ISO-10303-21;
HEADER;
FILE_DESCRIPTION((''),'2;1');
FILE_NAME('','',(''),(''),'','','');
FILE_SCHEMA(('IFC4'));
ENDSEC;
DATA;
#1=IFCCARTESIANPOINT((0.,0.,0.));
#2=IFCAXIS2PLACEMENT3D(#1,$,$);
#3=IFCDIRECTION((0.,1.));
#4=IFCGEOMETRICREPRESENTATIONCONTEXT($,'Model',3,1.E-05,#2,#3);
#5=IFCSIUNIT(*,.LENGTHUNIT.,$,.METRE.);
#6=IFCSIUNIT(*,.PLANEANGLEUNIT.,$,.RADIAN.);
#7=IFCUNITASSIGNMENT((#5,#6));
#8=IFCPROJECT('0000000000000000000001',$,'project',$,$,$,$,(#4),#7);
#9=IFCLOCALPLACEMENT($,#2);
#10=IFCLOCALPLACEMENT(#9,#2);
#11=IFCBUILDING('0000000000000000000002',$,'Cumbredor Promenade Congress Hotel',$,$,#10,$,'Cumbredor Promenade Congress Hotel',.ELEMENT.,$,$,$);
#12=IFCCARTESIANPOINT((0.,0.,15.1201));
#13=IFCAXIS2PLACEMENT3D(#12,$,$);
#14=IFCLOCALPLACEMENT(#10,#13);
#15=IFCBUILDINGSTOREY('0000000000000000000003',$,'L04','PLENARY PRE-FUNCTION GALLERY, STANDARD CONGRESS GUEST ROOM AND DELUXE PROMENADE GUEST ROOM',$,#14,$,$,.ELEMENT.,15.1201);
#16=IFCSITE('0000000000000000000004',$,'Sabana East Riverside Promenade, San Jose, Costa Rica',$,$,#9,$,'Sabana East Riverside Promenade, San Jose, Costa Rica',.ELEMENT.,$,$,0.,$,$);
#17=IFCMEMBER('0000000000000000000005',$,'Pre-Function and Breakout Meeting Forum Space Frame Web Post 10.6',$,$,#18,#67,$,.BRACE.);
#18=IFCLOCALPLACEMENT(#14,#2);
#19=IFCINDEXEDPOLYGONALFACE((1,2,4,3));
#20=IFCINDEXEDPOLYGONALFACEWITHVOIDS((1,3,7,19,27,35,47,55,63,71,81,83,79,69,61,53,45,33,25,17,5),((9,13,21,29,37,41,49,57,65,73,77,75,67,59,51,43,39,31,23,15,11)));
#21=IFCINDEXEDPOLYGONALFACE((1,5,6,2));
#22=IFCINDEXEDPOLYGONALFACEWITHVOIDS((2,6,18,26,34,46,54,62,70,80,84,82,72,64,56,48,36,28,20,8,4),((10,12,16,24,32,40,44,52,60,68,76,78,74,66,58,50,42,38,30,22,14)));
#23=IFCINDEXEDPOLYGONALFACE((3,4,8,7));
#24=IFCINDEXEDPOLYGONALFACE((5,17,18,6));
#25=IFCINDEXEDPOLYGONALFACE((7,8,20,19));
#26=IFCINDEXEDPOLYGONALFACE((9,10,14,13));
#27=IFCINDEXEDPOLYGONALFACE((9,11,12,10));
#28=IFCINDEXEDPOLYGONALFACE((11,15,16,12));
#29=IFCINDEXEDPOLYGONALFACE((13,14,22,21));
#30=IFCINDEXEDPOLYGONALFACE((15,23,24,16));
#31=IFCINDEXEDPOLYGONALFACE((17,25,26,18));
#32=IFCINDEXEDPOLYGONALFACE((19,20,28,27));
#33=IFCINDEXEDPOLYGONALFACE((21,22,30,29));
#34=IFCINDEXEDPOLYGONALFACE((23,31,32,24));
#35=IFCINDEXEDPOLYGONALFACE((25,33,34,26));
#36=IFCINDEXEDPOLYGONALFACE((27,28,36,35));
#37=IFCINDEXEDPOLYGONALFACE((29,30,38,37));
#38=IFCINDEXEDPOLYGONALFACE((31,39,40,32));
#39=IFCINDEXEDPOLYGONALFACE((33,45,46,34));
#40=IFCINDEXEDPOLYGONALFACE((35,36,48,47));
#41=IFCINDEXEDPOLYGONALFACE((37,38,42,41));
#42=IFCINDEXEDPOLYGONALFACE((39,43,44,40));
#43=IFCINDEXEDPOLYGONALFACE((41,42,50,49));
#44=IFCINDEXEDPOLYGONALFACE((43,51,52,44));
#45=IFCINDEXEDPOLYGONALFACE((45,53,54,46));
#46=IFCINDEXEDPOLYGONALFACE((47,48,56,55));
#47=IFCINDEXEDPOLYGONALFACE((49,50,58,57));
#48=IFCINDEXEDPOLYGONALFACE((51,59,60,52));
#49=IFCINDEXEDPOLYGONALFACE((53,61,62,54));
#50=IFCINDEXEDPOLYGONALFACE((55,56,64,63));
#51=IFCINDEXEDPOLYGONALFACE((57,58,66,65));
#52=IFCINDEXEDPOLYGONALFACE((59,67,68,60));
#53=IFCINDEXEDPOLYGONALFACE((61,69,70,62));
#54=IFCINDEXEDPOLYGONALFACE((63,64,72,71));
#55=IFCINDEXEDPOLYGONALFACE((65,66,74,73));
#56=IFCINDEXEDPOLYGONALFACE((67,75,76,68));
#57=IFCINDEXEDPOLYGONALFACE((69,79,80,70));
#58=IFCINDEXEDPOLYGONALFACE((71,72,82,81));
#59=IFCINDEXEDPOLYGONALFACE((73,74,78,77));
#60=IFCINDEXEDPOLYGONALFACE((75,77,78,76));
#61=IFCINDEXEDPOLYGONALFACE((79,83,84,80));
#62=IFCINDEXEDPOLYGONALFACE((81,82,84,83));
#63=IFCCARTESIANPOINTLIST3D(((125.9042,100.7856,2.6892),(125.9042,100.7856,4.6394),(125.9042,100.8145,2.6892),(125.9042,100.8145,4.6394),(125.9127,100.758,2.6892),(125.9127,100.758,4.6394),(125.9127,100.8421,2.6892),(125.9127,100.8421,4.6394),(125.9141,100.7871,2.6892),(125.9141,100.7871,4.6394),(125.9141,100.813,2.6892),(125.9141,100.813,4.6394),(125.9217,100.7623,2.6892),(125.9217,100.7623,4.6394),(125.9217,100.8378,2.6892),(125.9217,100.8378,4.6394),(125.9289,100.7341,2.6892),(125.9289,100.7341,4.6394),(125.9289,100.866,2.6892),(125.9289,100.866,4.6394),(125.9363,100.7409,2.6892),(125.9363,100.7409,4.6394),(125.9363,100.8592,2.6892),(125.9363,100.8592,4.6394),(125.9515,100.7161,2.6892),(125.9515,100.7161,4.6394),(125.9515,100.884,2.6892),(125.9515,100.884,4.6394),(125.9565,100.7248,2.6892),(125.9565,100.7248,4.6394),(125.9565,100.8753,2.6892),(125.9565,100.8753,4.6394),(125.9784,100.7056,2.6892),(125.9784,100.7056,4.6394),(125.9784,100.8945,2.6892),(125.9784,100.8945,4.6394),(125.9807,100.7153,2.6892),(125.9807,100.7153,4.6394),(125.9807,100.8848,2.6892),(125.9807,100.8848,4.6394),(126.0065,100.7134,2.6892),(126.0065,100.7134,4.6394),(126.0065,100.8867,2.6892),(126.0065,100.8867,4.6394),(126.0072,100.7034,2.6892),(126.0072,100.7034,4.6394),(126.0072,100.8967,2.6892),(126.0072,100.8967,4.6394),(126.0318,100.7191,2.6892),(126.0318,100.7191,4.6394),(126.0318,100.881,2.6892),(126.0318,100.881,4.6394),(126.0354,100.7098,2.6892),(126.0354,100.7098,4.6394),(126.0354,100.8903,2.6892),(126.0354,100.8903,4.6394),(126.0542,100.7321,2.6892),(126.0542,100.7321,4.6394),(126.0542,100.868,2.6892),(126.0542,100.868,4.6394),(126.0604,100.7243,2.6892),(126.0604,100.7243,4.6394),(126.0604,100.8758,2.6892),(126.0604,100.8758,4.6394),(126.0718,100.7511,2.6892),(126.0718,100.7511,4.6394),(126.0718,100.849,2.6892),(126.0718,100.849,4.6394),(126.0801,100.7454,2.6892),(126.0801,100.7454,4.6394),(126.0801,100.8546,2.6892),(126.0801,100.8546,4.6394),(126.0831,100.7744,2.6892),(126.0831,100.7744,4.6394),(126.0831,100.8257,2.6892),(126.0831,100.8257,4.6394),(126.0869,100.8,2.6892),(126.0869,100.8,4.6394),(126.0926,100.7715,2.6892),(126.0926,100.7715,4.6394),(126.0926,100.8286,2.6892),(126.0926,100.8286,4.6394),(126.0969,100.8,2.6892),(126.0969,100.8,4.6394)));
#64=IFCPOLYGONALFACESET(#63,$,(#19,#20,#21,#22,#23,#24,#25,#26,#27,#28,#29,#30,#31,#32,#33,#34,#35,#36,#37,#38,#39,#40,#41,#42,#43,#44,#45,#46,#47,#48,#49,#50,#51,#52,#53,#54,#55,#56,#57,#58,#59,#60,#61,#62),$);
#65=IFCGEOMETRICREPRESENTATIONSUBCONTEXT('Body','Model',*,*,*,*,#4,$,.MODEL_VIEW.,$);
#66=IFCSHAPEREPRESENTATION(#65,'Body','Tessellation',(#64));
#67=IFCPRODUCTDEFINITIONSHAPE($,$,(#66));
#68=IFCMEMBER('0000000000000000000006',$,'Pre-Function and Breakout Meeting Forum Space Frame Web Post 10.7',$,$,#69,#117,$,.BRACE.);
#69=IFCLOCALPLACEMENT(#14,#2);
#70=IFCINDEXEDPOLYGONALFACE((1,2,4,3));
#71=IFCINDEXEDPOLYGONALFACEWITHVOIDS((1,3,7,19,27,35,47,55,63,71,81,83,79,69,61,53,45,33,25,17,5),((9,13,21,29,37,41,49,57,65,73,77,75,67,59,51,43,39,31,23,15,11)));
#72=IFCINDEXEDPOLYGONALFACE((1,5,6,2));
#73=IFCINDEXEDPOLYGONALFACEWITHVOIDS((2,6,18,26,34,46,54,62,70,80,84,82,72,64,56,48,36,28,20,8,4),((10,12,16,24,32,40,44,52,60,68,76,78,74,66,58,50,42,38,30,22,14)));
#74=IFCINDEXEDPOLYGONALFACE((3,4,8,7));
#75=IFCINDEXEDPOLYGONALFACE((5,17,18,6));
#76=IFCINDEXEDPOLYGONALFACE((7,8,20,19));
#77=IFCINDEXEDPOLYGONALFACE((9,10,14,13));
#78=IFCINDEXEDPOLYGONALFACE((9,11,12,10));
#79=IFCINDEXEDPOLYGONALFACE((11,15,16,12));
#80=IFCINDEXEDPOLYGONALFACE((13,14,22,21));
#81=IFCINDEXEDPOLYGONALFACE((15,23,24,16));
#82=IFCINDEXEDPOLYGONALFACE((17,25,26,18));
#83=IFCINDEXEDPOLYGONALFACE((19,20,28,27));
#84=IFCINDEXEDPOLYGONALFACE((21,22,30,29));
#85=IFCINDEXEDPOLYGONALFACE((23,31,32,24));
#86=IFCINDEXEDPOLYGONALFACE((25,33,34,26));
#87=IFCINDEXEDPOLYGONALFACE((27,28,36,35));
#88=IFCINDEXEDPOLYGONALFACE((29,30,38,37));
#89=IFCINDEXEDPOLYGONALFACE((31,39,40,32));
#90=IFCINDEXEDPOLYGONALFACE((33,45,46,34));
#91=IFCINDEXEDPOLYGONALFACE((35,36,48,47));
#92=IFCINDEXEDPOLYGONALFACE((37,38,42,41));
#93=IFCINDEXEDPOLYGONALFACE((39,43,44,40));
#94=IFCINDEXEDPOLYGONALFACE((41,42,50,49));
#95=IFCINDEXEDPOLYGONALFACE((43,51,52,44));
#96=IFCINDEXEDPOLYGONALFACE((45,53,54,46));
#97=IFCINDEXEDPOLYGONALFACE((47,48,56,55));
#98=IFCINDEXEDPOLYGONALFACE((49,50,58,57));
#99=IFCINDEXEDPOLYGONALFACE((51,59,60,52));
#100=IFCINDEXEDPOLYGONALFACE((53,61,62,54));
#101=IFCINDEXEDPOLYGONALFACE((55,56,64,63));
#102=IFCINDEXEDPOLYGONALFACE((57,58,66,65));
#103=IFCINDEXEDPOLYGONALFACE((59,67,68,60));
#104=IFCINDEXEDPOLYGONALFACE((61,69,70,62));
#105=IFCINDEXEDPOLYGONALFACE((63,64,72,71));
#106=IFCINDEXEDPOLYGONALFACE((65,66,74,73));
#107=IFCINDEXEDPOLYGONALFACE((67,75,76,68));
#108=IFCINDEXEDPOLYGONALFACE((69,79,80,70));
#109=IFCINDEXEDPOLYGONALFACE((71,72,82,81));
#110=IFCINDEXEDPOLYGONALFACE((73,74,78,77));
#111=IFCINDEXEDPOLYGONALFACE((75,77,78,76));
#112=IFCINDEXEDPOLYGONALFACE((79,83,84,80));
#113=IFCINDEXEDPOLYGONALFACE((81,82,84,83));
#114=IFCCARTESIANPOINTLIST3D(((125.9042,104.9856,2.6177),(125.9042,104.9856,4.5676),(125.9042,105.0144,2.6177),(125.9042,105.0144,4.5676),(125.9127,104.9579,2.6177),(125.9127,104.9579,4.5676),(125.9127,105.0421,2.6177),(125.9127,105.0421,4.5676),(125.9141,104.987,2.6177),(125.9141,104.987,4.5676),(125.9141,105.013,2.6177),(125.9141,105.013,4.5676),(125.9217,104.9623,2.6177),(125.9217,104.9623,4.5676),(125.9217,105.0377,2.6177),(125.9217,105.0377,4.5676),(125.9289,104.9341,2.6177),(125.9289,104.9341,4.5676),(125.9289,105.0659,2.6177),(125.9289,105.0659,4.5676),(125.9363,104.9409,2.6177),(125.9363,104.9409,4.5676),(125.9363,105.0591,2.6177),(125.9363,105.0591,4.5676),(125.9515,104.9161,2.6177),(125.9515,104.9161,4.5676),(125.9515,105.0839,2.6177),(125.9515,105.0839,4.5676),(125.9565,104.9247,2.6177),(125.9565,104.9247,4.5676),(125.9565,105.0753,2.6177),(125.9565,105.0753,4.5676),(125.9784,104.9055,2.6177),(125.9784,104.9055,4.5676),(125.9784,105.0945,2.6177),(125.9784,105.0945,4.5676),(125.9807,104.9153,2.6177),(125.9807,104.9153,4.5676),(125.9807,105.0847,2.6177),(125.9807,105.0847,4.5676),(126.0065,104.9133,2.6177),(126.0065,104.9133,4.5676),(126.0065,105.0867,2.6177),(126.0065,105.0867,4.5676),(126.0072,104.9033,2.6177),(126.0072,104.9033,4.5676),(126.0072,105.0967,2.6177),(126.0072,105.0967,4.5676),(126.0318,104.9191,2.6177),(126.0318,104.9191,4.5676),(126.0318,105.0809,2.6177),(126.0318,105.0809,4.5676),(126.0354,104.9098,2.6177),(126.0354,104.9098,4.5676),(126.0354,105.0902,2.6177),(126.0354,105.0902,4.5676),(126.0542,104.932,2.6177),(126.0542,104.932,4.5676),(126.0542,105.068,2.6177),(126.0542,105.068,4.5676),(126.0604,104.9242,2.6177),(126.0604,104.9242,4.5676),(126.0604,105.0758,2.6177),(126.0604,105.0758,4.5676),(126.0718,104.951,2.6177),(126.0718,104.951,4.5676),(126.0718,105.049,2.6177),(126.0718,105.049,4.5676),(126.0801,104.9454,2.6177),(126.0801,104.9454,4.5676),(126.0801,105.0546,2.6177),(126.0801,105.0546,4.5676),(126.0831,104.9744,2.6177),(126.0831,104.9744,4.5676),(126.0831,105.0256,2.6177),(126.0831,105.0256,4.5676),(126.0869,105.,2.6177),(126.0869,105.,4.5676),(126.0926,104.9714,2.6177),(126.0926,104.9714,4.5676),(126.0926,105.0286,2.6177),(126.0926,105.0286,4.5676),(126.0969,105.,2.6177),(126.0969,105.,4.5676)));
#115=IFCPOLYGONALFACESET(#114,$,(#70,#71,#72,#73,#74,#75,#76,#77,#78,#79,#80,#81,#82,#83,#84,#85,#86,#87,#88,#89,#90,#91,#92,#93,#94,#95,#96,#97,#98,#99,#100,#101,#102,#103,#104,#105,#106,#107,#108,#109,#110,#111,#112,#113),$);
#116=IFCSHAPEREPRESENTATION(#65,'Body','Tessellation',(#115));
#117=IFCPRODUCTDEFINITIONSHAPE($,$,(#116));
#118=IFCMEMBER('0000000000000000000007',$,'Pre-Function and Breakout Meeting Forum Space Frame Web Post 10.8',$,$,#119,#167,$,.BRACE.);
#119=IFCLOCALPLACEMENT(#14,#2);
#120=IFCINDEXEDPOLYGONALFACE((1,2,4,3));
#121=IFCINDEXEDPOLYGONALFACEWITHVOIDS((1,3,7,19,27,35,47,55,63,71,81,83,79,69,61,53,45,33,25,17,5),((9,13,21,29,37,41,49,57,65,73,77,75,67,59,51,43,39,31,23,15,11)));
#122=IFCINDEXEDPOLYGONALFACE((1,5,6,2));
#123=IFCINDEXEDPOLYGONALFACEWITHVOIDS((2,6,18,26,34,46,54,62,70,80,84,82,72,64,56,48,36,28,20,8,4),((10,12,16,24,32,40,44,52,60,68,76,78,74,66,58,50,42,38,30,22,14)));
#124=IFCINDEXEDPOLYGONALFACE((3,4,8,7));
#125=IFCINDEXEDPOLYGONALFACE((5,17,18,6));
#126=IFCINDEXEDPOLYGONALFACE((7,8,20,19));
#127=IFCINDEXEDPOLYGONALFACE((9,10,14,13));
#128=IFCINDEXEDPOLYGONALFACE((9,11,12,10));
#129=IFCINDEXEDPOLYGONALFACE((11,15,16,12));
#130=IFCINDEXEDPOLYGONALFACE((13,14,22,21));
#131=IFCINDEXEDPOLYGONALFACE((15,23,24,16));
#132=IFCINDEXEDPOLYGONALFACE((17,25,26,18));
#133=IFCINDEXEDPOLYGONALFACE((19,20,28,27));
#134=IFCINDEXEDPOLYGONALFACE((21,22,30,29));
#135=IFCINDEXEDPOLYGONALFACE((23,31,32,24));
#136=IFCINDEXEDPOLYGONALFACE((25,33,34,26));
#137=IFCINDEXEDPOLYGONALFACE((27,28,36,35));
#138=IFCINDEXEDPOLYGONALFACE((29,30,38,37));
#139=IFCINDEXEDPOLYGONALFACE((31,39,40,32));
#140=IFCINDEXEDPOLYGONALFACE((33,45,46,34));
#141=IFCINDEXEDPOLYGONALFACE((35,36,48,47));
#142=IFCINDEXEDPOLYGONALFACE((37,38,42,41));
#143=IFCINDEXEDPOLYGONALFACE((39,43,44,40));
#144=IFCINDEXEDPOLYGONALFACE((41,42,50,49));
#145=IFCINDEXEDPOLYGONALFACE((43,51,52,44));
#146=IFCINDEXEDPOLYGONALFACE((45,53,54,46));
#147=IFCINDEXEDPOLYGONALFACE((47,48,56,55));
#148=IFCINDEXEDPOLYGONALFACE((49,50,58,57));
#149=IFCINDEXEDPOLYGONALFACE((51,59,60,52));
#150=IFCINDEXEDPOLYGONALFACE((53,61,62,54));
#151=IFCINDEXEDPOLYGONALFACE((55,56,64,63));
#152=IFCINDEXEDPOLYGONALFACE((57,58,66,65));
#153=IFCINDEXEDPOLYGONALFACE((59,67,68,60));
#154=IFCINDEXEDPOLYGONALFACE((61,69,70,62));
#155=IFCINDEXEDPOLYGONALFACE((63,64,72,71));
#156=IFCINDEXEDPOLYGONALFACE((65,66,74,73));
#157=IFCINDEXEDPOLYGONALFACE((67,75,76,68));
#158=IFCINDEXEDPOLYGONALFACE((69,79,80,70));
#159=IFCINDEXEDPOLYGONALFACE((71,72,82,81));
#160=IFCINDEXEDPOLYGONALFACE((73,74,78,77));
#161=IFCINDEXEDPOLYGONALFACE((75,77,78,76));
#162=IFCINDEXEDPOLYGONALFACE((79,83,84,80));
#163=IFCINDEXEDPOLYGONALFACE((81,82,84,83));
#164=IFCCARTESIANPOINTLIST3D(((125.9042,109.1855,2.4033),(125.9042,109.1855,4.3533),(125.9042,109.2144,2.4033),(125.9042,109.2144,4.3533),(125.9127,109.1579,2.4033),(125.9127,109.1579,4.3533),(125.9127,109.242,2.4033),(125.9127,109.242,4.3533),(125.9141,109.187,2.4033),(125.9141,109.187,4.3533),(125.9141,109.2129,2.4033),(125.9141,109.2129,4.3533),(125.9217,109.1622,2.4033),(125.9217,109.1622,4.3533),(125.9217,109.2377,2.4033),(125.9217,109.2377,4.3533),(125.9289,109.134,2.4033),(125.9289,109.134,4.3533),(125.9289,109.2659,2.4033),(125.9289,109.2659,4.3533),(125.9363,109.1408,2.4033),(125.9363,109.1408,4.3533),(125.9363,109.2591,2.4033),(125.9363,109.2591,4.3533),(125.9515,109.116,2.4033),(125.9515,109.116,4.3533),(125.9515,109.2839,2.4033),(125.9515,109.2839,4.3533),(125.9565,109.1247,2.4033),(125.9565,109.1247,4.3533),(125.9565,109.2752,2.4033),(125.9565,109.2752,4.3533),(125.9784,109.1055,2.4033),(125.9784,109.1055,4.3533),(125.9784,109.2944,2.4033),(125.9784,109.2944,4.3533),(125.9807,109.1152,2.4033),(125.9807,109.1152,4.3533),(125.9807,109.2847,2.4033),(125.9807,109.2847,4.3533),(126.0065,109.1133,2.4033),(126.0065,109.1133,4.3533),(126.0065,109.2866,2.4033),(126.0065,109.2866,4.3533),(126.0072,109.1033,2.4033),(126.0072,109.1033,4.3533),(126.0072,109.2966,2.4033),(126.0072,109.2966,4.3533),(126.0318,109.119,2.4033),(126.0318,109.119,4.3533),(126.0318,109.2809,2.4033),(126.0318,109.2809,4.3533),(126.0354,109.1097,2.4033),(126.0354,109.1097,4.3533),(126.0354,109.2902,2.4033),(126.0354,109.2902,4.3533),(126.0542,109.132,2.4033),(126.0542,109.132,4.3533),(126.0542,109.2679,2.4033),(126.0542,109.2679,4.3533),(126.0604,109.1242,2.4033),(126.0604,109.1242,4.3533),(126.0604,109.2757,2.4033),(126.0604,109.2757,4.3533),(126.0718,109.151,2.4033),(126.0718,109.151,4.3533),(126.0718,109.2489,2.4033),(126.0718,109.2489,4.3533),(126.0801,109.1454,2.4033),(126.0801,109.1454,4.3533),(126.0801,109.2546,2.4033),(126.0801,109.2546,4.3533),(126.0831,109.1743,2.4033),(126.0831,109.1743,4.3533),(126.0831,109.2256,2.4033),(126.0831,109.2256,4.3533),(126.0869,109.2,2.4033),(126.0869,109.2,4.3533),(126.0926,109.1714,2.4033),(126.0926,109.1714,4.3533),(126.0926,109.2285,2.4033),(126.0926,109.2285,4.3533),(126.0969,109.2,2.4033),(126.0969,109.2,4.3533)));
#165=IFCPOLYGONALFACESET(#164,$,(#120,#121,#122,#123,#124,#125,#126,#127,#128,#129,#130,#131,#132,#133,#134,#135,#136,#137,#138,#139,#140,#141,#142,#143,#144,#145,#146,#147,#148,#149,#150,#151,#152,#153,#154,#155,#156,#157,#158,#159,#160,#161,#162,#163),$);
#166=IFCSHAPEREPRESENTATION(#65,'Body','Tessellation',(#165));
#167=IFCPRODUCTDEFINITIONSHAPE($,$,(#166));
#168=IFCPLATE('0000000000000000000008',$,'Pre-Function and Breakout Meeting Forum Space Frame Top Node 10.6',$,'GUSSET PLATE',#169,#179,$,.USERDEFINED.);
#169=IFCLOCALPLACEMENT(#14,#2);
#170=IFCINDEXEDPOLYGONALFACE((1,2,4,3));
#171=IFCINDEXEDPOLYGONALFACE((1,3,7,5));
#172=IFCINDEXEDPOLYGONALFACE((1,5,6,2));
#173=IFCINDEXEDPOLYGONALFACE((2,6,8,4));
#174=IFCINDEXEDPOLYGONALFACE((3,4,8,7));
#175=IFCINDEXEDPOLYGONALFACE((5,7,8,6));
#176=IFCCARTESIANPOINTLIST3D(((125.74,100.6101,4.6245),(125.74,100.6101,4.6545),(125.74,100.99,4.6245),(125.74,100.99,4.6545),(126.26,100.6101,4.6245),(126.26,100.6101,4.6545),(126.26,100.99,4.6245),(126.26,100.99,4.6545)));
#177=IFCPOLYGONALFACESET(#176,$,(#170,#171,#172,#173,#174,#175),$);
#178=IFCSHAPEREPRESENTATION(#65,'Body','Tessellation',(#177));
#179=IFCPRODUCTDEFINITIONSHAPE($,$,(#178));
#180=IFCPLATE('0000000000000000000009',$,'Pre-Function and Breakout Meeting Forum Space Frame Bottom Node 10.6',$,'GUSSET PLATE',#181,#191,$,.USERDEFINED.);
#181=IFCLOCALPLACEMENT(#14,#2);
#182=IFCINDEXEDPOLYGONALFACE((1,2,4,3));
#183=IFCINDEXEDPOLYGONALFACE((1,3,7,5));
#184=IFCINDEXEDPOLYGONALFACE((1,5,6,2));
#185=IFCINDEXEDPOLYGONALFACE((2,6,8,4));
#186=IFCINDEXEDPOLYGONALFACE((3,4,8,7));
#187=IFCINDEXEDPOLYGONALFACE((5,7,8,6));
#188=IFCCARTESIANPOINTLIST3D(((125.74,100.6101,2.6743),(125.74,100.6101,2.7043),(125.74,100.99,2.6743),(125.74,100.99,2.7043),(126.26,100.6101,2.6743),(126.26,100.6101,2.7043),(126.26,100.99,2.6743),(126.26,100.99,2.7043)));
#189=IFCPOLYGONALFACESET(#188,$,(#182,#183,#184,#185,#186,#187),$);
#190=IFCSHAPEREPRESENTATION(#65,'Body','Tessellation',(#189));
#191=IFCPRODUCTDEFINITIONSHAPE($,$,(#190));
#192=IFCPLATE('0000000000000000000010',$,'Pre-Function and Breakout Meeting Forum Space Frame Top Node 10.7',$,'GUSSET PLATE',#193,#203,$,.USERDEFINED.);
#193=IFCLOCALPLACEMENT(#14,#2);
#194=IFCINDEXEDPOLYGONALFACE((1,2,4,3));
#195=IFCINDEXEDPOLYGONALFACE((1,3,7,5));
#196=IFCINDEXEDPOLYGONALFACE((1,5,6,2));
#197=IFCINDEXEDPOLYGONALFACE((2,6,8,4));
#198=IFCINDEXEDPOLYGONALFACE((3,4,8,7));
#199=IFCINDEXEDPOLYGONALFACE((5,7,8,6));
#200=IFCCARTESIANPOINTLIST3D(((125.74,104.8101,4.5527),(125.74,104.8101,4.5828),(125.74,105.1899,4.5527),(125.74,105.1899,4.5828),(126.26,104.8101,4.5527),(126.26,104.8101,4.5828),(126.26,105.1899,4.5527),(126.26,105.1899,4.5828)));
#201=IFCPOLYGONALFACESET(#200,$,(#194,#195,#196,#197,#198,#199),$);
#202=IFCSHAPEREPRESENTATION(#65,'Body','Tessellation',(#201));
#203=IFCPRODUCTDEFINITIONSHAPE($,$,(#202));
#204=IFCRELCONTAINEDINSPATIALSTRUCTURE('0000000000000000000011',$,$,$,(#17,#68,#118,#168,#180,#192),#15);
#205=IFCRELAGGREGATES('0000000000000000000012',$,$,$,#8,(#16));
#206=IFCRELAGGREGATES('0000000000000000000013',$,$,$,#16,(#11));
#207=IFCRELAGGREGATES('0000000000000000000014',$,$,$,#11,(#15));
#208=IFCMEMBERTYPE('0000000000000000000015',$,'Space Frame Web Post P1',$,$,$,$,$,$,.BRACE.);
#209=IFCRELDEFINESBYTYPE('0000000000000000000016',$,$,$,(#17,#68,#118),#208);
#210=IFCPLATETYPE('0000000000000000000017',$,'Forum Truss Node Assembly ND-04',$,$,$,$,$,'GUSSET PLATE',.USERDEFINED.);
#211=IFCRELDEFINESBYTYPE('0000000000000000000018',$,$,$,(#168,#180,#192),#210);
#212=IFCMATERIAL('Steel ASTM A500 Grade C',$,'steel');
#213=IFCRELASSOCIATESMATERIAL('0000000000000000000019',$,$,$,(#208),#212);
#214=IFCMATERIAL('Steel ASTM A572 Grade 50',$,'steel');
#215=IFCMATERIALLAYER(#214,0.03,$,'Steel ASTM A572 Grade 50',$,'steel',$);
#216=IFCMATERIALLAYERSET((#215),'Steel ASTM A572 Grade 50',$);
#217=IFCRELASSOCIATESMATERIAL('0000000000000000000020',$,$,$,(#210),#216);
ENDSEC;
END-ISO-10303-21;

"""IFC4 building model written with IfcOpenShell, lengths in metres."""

from ifc_helpers import new_model, si_unit, direction, frame, origin, origin_2d, place, context, subcontext, project, spatial, rectangle, hollow_circle, extrude, material, layer, layer_set, material_profile, profile_set, type_object, element, save


model = new_model("IFC4")

# Units and contexts
model_context = context("Model", 3, precision=1e-05, world=origin(), true_north=direction((0.0, 1.0)))
body_context = subcontext(model_context, "Body", "Model", "MODEL_VIEW")
ifc_project = project(units=[si_unit("LENGTHUNIT", "METRE"), si_unit("PLANEANGLEUNIT", "RADIAN")], contexts=[model_context])

# Site, building, storey
site_placement = place(None, origin())
site = spatial("IfcSite", under=ifc_project, at=site_placement, Name="Sabana East Riverside Promenade, San Jose, Costa Rica", LongName="Sabana East Riverside Promenade, San Jose, Costa Rica", CompositionType="ELEMENT", RefElevation=0.0)
building_placement = place(site_placement, origin())
building = spatial("IfcBuilding", under=site, at=building_placement, Name="Cumbredor Promenade Congress Hotel", LongName="Cumbredor Promenade Congress Hotel", CompositionType="ELEMENT")
storey_placement = place(building_placement, frame((0.0, 0.0, 15.1201)))
storey = spatial("IfcBuildingStorey", under=building, at=storey_placement, Name="L04", Description="PLENARY PRE-FUNCTION GALLERY, STANDARD CONGRESS GUEST ROOM AND DELUXE PROMENADE GUEST ROOM", CompositionType="ELEMENT", Elevation=15.1201)

# Members
ifc_material_1 = material(Name="Steel ASTM A500 Grade C", Category="steel")
ifc_material_profile_1 = material_profile(ifc_material_1, hollow_circle(Radius=0.0969, WallThickness=0.01, at=origin_2d()), Name="CHS 193.7x10")
ifc_profile_set_1 = profile_set([ifc_material_profile_1], Name="Steel ASTM A500 Grade C")
member_type_1 = type_object("IfcMemberType", Name="Space Frame Web Post P1", PredefinedType="BRACE", material=ifc_profile_set_1)
member_1_placement = place(storey_placement, frame((126.0, 100.8, 2.6892), z_axis=(0.0, 0.0, 1.0), x_axis=(1.0, 0.0, 0.0)))
element("IfcMember", 1, at=member_1_placement, inside=storey, type_object=member_type_1, Name="Pre-Function and Breakout Meeting Forum Space Frame Web Post 10.6", PredefinedType="BRACE", context=body_context, shape_type="SweptSolid", body=[
    extrude(hollow_circle(Radius=0.0969, WallThickness=0.01, at=origin_2d()), origin(), (0.0, 0.0, 1.0), 1.9502),
])
for number, where, z_axis, x_axis, name in (
    (2, (126.0, 105.0, 2.6177), (0.0, 0.0, 1.0), (1.0, 0.0, 0.0), "Pre-Function and Breakout Meeting Forum Space Frame Web Post 10.7"),
    (3, (126.0, 109.2, 2.4033), (0.0, 0.0, 1.0), (1.0, 0.0, 0.0), "Pre-Function and Breakout Meeting Forum Space Frame Web Post 10.8"),
):
    element("IfcMember", number, at=place(storey_placement, frame(where, z_axis=z_axis, x_axis=x_axis)), inside=storey, type_object=member_type_1, Name=name, PredefinedType="BRACE", context=body_context, shape_type="SweptSolid", body=[
        extrude(hollow_circle(Radius=0.0969, WallThickness=0.01, at=origin_2d()), origin(), (0.0, 0.0, 1.0), 1.95),
    ])

# Plates
ifc_material_2 = material(Name="Steel ASTM A572 Grade 50", Category="steel")
ifc_layer = layer(ifc_material_2, 0.03, Name="Steel ASTM A572 Grade 50", Category="steel")
ifc_layer_set = layer_set([ifc_layer], Name="Steel ASTM A572 Grade 50")
plate_type = type_object("IfcPlateType", Name="Forum Truss Node Assembly ND-04", ElementType="GUSSET PLATE", PredefinedType="USERDEFINED", material=ifc_layer_set)
for number, where, z_axis, x_axis, name in (
    (4, (126.0, 100.8, 4.6245), (0.0, 0.0, 1.0), (1.0, 0.0, 0.0), "Pre-Function and Breakout Meeting Forum Space Frame Top Node 10.6"),
    (5, (126.0, 100.8, 2.6743), (0.0, 0.0, 1.0), (1.0, 0.0, 0.0), "Pre-Function and Breakout Meeting Forum Space Frame Bottom Node 10.6"),
    (6, (126.0, 105.0, 4.5527), (0.0, 0.0, 1.0), (1.0, 0.0, 0.0), "Pre-Function and Breakout Meeting Forum Space Frame Top Node 10.7"),
):
    element("IfcPlate", number, at=place(storey_placement, frame(where, z_axis=z_axis, x_axis=x_axis)), inside=storey, type_object=plate_type, Name=name, ObjectType="GUSSET PLATE", PredefinedType="USERDEFINED", context=body_context, shape_type="SweptSolid", body=[
        extrude(rectangle(XDim=0.52, YDim=0.3799, at=origin_2d()), origin(), (0.0, 0.0, 1.0), 0.03),
    ])

save(model, "model.ifc")
